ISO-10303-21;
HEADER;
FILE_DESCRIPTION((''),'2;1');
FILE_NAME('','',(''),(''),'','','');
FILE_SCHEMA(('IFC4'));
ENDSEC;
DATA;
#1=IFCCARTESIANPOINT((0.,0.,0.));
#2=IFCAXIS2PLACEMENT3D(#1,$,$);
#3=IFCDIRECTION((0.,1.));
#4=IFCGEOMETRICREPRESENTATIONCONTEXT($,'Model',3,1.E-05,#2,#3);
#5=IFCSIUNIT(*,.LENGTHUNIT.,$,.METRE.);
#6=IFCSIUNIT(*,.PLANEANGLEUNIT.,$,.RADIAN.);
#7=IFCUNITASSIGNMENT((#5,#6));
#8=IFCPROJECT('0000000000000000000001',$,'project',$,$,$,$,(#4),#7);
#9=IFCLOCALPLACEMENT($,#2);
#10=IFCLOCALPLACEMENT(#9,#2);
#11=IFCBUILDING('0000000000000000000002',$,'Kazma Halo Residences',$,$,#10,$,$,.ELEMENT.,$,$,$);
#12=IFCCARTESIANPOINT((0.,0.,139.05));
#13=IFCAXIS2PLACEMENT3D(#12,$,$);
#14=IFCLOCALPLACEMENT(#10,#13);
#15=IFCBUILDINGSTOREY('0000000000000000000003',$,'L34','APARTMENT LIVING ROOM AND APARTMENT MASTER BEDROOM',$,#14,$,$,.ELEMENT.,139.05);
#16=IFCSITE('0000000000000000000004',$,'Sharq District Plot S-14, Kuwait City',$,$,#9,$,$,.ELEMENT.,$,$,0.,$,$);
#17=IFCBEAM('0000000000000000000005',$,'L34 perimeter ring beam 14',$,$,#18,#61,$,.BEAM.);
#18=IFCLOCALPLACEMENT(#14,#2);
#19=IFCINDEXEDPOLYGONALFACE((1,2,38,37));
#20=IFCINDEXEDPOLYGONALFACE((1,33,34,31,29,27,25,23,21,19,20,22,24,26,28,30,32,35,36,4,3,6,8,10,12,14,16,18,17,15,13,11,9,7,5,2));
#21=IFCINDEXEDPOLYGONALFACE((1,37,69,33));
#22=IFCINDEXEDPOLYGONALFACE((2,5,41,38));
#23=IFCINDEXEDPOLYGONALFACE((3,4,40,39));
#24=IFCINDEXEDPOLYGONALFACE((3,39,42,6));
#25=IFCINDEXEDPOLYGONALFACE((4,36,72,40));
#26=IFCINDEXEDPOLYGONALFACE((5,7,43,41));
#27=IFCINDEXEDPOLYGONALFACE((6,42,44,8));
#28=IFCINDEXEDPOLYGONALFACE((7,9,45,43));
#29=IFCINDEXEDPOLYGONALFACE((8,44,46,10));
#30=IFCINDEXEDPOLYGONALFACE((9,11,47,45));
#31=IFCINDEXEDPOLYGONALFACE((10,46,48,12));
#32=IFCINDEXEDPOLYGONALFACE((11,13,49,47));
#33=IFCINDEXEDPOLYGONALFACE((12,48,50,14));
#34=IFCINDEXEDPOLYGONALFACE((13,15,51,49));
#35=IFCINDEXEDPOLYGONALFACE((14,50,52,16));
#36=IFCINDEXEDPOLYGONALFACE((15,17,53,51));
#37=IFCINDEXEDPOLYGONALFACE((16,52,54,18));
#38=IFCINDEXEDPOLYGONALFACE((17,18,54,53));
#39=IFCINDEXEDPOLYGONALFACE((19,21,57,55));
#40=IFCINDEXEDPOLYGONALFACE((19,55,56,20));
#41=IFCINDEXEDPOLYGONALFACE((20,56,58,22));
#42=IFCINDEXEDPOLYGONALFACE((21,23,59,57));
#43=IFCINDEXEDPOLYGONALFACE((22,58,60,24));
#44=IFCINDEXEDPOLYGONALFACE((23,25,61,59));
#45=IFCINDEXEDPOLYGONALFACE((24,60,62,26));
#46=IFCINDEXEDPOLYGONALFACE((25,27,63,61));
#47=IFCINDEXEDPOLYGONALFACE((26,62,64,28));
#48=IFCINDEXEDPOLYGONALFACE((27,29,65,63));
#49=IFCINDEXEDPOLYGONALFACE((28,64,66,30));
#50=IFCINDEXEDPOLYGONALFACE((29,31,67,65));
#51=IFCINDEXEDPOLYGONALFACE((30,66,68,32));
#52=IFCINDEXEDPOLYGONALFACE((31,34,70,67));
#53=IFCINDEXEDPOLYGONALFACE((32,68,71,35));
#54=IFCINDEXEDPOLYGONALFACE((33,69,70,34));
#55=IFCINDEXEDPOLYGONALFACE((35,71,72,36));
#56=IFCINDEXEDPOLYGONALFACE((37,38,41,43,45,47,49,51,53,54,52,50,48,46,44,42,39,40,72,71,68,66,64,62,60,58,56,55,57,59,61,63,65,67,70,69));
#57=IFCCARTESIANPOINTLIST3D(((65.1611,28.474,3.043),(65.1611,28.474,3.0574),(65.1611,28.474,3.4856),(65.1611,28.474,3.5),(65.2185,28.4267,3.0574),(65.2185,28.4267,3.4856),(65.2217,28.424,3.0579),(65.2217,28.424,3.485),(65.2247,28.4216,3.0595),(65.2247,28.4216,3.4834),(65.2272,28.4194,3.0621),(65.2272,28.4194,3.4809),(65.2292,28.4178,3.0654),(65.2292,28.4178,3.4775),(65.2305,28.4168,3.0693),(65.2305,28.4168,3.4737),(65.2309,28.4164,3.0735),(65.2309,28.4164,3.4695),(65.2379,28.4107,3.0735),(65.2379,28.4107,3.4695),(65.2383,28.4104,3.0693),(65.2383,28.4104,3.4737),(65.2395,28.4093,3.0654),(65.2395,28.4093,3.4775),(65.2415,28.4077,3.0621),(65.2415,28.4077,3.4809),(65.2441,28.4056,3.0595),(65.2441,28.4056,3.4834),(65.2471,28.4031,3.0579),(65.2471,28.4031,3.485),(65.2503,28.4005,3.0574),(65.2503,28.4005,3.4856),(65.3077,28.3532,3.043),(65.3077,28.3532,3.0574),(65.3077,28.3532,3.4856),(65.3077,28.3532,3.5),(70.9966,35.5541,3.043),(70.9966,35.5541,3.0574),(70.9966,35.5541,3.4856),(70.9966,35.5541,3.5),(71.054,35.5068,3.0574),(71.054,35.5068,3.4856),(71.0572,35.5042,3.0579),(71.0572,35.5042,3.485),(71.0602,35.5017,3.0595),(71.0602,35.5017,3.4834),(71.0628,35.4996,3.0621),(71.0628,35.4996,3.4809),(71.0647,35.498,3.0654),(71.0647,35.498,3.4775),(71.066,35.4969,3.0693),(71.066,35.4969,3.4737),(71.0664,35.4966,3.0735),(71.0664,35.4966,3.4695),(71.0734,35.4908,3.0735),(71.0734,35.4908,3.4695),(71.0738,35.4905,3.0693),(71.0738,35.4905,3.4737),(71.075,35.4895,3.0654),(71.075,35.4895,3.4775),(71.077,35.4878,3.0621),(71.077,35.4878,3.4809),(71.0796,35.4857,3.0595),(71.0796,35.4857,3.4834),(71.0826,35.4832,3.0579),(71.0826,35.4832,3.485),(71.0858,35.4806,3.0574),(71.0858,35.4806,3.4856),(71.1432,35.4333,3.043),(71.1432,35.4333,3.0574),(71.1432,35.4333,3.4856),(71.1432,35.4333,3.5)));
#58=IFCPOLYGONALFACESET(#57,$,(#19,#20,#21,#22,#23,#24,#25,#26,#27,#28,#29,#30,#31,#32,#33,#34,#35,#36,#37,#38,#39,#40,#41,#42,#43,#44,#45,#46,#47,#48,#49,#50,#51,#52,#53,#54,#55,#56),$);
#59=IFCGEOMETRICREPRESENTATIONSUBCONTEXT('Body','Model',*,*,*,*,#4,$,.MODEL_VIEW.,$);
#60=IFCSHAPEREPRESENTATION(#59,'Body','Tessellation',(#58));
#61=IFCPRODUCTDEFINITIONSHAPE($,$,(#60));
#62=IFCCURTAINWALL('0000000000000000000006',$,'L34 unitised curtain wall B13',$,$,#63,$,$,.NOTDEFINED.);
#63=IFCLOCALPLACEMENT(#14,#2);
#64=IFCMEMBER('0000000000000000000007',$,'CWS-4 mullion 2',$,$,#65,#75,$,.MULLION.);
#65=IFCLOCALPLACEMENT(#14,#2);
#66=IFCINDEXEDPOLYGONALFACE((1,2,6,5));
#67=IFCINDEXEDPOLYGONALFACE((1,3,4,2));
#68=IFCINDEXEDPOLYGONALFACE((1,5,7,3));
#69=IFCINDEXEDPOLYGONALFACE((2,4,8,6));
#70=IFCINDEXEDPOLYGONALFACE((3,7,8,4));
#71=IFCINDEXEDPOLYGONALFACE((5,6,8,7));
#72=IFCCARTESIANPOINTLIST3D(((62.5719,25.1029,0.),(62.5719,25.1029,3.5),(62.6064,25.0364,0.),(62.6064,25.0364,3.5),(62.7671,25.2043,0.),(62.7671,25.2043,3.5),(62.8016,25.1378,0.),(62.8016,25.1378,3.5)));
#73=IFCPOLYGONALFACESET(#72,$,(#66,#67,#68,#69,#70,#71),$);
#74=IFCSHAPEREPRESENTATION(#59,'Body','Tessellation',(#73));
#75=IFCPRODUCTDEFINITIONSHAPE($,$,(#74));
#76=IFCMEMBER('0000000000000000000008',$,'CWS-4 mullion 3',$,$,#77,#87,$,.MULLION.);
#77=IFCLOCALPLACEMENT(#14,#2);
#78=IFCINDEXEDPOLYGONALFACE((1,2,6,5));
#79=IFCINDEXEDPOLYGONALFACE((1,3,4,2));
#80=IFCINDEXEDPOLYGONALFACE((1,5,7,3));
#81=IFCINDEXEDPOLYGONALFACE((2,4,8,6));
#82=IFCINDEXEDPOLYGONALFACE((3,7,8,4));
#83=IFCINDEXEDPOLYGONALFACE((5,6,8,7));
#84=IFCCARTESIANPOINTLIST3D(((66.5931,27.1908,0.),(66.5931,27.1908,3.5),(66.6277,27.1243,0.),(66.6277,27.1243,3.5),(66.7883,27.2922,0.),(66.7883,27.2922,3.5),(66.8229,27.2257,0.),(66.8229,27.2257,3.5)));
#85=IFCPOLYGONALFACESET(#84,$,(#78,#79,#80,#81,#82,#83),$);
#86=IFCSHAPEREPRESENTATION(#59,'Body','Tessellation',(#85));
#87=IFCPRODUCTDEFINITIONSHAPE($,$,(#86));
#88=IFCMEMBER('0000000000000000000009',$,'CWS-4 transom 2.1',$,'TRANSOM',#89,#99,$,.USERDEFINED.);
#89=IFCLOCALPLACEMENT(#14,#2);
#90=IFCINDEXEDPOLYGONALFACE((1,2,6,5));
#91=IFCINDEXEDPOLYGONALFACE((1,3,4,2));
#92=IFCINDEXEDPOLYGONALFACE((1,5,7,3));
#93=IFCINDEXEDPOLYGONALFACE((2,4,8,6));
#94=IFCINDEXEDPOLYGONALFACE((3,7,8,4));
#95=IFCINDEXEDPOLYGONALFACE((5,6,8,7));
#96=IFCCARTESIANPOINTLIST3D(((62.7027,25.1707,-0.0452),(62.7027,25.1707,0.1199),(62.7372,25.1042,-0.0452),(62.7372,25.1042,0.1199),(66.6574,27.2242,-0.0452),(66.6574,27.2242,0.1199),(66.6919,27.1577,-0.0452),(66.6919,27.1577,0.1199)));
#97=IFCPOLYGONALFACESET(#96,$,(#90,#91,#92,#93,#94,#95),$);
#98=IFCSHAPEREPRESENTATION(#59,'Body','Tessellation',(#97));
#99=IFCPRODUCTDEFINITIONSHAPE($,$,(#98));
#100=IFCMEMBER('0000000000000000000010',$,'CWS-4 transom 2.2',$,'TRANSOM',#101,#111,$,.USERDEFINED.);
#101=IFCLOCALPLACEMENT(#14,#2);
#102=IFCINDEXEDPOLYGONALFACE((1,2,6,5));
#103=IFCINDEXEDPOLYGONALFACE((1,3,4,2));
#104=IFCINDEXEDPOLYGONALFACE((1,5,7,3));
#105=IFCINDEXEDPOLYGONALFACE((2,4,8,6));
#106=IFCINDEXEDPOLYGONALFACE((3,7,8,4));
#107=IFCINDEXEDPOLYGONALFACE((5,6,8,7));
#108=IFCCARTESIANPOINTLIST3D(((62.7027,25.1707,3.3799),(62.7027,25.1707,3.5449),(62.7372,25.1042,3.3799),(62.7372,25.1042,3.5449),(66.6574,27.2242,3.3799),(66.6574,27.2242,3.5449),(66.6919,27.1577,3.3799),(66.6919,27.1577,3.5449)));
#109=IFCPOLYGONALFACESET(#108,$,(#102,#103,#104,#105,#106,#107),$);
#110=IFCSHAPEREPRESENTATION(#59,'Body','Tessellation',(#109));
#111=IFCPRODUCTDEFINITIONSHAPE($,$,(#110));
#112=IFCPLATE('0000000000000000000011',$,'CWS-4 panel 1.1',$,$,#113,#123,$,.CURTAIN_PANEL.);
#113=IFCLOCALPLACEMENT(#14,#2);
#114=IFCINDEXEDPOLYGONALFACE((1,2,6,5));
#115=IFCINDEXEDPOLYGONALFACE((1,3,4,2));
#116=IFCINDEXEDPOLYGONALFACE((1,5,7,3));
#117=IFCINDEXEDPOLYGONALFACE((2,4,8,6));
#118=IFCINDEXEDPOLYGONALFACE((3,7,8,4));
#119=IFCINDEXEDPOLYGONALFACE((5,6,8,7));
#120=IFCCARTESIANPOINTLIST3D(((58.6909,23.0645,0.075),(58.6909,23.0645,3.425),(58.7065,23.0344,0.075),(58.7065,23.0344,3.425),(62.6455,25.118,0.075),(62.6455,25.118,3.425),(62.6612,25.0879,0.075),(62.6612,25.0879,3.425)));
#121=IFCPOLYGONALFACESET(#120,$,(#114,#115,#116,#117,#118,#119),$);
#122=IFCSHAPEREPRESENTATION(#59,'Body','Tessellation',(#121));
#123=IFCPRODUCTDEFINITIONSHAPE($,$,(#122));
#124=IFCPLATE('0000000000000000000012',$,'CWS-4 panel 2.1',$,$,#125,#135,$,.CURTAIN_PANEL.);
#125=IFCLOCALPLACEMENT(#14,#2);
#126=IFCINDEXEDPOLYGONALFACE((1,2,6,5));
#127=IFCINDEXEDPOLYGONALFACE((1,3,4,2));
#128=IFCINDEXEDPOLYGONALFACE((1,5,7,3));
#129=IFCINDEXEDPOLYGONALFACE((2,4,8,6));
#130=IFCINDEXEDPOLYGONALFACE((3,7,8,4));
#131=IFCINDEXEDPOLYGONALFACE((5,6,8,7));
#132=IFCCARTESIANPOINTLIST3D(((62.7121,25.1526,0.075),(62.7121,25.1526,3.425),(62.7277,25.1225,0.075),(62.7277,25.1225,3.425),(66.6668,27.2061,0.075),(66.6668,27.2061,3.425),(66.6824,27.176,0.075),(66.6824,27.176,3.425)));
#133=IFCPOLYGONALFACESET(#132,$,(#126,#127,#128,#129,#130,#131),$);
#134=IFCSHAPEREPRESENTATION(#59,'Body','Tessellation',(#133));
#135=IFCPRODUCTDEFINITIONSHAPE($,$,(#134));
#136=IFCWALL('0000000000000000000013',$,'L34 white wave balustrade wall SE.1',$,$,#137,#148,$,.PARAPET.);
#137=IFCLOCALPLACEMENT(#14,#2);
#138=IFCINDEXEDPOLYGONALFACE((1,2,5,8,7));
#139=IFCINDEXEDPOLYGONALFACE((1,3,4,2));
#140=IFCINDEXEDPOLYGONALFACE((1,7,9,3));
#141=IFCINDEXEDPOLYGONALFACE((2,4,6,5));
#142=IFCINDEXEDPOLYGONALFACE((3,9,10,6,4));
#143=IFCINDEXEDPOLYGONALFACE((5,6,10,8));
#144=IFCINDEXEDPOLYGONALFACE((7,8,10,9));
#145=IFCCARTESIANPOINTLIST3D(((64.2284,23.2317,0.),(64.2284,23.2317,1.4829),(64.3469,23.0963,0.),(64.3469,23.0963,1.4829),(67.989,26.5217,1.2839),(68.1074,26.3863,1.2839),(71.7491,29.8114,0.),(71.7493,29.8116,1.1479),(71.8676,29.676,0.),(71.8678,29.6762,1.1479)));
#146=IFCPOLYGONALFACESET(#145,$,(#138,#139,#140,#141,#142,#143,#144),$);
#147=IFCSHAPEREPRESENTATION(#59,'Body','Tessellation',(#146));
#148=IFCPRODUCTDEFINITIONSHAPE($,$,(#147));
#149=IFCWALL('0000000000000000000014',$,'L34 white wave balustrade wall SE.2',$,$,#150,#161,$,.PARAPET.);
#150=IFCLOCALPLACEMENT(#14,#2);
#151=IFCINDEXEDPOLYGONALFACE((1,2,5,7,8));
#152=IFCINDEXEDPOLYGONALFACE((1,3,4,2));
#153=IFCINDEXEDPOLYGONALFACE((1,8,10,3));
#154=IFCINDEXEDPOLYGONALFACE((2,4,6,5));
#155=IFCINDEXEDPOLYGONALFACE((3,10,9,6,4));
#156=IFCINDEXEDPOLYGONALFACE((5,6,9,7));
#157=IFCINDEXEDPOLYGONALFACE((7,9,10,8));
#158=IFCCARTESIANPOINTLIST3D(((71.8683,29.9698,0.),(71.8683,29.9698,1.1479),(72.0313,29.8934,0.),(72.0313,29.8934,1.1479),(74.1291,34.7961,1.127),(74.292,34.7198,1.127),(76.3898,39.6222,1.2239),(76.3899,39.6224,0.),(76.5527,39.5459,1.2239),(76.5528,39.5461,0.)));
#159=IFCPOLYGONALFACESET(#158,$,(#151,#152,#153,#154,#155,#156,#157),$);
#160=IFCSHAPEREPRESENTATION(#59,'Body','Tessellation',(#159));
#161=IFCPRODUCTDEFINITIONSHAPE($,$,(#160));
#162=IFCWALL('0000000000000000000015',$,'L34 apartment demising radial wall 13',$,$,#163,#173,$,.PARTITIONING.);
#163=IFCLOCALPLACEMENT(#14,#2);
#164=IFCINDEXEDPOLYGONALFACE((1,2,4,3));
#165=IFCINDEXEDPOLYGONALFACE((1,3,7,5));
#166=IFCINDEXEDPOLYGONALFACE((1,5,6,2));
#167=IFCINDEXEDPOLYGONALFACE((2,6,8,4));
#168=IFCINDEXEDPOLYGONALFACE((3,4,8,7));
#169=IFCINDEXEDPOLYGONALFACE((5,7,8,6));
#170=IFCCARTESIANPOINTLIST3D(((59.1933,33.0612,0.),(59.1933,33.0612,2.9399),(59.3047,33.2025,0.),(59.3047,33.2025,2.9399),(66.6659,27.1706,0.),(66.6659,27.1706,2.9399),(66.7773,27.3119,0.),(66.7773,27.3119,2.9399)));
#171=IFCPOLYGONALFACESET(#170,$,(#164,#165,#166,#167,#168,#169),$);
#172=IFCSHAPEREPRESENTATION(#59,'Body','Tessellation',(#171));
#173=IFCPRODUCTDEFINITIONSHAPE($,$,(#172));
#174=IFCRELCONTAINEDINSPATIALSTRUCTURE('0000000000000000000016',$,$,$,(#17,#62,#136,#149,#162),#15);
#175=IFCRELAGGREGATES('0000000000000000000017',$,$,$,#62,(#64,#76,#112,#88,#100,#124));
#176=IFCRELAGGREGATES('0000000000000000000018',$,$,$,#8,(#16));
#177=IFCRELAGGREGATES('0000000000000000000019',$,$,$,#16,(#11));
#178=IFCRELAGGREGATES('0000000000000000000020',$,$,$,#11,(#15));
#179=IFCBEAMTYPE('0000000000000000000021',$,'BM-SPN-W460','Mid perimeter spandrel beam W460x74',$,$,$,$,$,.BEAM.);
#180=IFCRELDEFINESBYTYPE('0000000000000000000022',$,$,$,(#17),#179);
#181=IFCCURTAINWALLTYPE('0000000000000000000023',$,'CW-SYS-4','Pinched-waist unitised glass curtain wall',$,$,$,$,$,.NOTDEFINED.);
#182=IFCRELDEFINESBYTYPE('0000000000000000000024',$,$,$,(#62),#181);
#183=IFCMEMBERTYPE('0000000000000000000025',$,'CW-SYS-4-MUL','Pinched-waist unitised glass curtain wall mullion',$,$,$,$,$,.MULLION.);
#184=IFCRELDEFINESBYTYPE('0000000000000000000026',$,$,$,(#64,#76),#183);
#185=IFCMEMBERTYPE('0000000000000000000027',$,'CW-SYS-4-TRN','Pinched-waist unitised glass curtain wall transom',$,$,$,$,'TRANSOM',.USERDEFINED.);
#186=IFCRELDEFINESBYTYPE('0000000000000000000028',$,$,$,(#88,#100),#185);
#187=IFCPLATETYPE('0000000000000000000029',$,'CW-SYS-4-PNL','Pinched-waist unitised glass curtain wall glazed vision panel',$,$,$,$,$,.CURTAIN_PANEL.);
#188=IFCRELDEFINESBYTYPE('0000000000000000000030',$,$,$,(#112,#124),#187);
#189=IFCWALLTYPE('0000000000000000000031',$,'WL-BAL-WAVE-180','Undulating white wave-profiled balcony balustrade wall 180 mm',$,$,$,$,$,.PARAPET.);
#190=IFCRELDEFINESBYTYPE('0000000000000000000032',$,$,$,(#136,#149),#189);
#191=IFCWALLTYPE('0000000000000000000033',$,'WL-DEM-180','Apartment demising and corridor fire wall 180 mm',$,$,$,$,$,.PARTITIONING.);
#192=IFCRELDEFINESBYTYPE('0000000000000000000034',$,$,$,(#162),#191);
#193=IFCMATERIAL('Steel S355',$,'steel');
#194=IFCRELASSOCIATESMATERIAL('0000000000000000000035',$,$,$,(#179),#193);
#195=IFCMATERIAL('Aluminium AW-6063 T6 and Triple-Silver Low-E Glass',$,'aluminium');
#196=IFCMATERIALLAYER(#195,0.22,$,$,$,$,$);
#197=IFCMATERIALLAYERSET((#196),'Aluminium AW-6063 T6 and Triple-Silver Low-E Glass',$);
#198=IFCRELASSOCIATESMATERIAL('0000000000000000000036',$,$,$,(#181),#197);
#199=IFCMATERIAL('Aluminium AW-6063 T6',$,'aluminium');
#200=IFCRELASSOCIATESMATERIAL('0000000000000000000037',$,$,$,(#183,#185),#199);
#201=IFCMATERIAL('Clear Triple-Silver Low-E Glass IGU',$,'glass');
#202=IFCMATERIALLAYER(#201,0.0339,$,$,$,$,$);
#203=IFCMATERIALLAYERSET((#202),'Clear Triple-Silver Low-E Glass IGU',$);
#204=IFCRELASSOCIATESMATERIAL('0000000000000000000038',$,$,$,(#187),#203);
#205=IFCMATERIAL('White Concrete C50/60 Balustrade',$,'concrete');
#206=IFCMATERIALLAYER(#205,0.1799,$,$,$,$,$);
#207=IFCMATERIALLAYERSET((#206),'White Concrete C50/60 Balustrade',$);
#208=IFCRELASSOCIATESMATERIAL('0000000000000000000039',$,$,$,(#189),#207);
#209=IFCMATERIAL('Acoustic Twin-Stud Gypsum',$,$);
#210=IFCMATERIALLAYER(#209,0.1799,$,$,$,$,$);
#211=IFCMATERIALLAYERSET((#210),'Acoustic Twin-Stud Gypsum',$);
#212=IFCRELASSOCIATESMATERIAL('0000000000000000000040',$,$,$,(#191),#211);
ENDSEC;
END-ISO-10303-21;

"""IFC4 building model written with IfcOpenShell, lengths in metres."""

from ifc_helpers import new_model, si_unit, direction, frame, frame_2d, origin, origin_2d, place, context, subcontext, project, spatial, polyline, rectangle, i_section, outline, extrude, material, layer, layer_set, material_profile, profile_set, type_object, element, aggregate, save


model = new_model("IFC4")

# Units and contexts
model_context = context("Model", 3, precision=1e-05, world=origin(), true_north=direction((0.0, 1.0)))
body_context = subcontext(model_context, "Body", "Model", "MODEL_VIEW")
ifc_project = project(units=[si_unit("LENGTHUNIT", "METRE"), si_unit("PLANEANGLEUNIT", "RADIAN")], contexts=[model_context])

# Site, building, storey
site_placement = place(None, origin())
site = spatial("IfcSite", under=ifc_project, at=site_placement, Name="Sharq District Plot S-14, Kuwait City", CompositionType="ELEMENT", RefElevation=0.0)
building_placement = place(site_placement, origin())
building = spatial("IfcBuilding", under=site, at=building_placement, Name="Kazma Halo Residences", CompositionType="ELEMENT")
storey_placement = place(building_placement, frame((0.0, 0.0, 139.05)))
storey = spatial("IfcBuildingStorey", under=building, at=storey_placement, Name="L34", Description="APARTMENT LIVING ROOM AND APARTMENT MASTER BEDROOM", CompositionType="ELEMENT", Elevation=139.05)

# Beam
ifc_material_1 = material(Name="Steel S355", Category="steel")
ifc_material_profile_1 = material_profile(ifc_material_1, i_section(OverallWidth=0.1899, OverallDepth=0.457, WebThickness=0.009, FlangeThickness=0.0144, FilletRadius=0.0161, at=origin_2d()), Name="W460x74")
ifc_profile_set_1 = profile_set([ifc_material_profile_1], Name="Steel S355")
beam_type_1 = type_object("IfcBeamType", Name="BM-SPN-W460", Description="Mid perimeter spandrel beam W460x74", PredefinedType="BEAM", material=ifc_profile_set_1)
beam_1_placement = place(storey_placement, frame((65.2344, 28.4136, 3.2715), z_axis=(0.636019, 0.771674, 0.0), x_axis=(-0.771674, 0.636019, 0.0)))
element("IfcBeam", 1, at=beam_1_placement, inside=storey, type_object=beam_type_1, Name="L34 perimeter ring beam 14", PredefinedType="BEAM", context=body_context, shape_type="SweptSolid", body=[
    extrude(i_section(OverallWidth=0.1899, OverallDepth=0.457, WebThickness=0.009, FlangeThickness=0.0144, FilletRadius=0.0161, at=origin_2d()), origin(), (0.0, 0.0, 1.0), 9.175),
])

# Curtain wall, members, plates
ifc_material_2 = material(Name="Aluminium AW-6063 T6 and Triple-Silver Low-E Glass", Category="aluminium")
ifc_layer_1 = layer(ifc_material_2, 0.22)
ifc_layer_set_1 = layer_set([ifc_layer_1], Name="Aluminium AW-6063 T6 and Triple-Silver Low-E Glass")
curtain_wall_type = type_object("IfcCurtainWallType", Name="CW-SYS-4", Description="Pinched-waist unitised glass curtain wall", PredefinedType="NOTDEFINED", material=ifc_layer_set_1)
curtain_wall_placement = place(storey_placement, origin())
curtain_wall = element("IfcCurtainWall", 2, at=curtain_wall_placement, inside=storey, type_object=curtain_wall_type, Name="L34 unitised curtain wall B13", PredefinedType="NOTDEFINED")
ifc_material_3 = material(Name="Aluminium AW-6063 T6", Category="aluminium")
ifc_material_profile_2 = material_profile(ifc_material_3, rectangle(XDim=0.075, YDim=0.22, at=origin_2d()), Name="CWM-75x220")
ifc_profile_set_2 = profile_set([ifc_material_profile_2], Name="Aluminium AW-6063 T6")
member_type_1 = type_object("IfcMemberType", Name="CW-SYS-4-MUL", Description="Pinched-waist unitised glass curtain wall mullion", PredefinedType="MULLION", material=ifc_profile_set_2)
member_1_placement = place(storey_placement, frame((62.6868, 25.1204, 0.0), z_axis=(0.0, 0.0, 1.0), x_axis=(-0.460837, 0.887485, 0.0)))
member_1 = element("IfcMember", 3, at=member_1_placement, type_object=member_type_1, Name="CWS-4 mullion 2", PredefinedType="MULLION", context=body_context, shape_type="SweptSolid", body=[
    extrude(rectangle(XDim=0.075, YDim=0.22, at=origin_2d()), origin(), (0.0, 0.0, 1.0), 3.5),
])
member_2_placement = place(storey_placement, frame((66.708, 27.2083, 0.0), z_axis=(0.0, 0.0, 1.0), x_axis=(-0.460837, 0.887485, 0.0)))
member_2 = element("IfcMember", 4, at=member_2_placement, type_object=member_type_1, Name="CWS-4 mullion 3", PredefinedType="MULLION", context=body_context, shape_type="SweptSolid", body=[
    extrude(rectangle(XDim=0.075, YDim=0.22, at=origin_2d()), origin(), (0.0, 0.0, 1.0), 3.5),
])
ifc_material_profile_3 = material_profile(ifc_material_3, rectangle(XDim=0.075, YDim=0.165, at=origin_2d()), Name="CWT-75x165")
ifc_profile_set_3 = profile_set([ifc_material_profile_3], Name="Aluminium AW-6063 T6")
member_type_2 = type_object("IfcMemberType", Name="CW-SYS-4-TRN", Description="Pinched-waist unitised glass curtain wall transom", ElementType="TRANSOM", PredefinedType="USERDEFINED", material=ifc_profile_set_3)
member_3_placement = place(storey_placement, frame((62.72, 25.1375, 0.0374), z_axis=(0.887485, 0.460837, 0.0), x_axis=(-0.460837, 0.887485, 0.0)))
member_3 = element("IfcMember", 5, at=member_3_placement, type_object=member_type_2, Name="CWS-4 transom 2.1", ObjectType="TRANSOM", PredefinedType="USERDEFINED", context=body_context, shape_type="SweptSolid", body=[
    extrude(rectangle(XDim=0.075, YDim=0.165, at=origin_2d()), origin(), (0.0, 0.0, 1.0), 4.4561),
])
member_4_placement = place(storey_placement, frame((62.72, 25.1375, 3.4624), z_axis=(0.887485, 0.460837, 0.0), x_axis=(-0.460837, 0.887485, 0.0)))
member_4 = element("IfcMember", 6, at=member_4_placement, type_object=member_type_2, Name="CWS-4 transom 2.2", ObjectType="TRANSOM", PredefinedType="USERDEFINED", context=body_context, shape_type="SweptSolid", body=[
    extrude(rectangle(XDim=0.075, YDim=0.165, at=origin_2d()), origin(), (0.0, 0.0, 1.0), 4.4561),
])
ifc_material_4 = material(Name="Clear Triple-Silver Low-E Glass IGU", Category="glass")
ifc_layer_2 = layer(ifc_material_4, 0.0339)
ifc_layer_set_2 = layer_set([ifc_layer_2], Name="Clear Triple-Silver Low-E Glass IGU")
plate_type = type_object("IfcPlateType", Name="CW-SYS-4-PNL", Description="Pinched-waist unitised glass curtain wall glazed vision panel", PredefinedType="CURTAIN_PANEL", material=ifc_layer_set_2)
plate_1_placement = place(storey_placement, frame((60.676, 24.0762, 0.075), z_axis=(0.0, 0.0, 1.0), x_axis=(0.887485, 0.460837, 0.0)))
plate_1 = element("IfcPlate", 7, at=plate_1_placement, type_object=plate_type, Name="CWS-4 panel 1.1", PredefinedType="CURTAIN_PANEL", context=body_context, shape_type="SweptSolid", body=[
    extrude(rectangle(XDim=4.4561, YDim=0.0339, at=origin_2d()), origin(), (0.0, 0.0, 1.0), 3.3501),
])
plate_2_placement = place(storey_placement, frame((64.6973, 26.1643, 0.075), z_axis=(0.0, 0.0, 1.0), x_axis=(0.887485, 0.460837, 0.0)))
plate_2 = element("IfcPlate", 8, at=plate_2_placement, type_object=plate_type, Name="CWS-4 panel 2.1", PredefinedType="CURTAIN_PANEL", context=body_context, shape_type="SweptSolid", body=[
    extrude(rectangle(XDim=4.4561, YDim=0.0339, at=origin_2d()), origin(), (0.0, 0.0, 1.0), 3.3501),
])
aggregate(curtain_wall, [member_1, member_2, plate_1, member_3, member_4, plate_2])

# Walls
ifc_material_5 = material(Name="White Concrete C50/60 Balustrade", Category="concrete")
ifc_layer_3 = layer(ifc_material_5, 0.1799)
ifc_layer_set_3 = layer_set([ifc_layer_3], Name="White Concrete C50/60 Balustrade")
wall_type_1 = type_object("IfcWallType", Name="WL-BAL-WAVE-180", Description="Undulating white wave-profiled balcony balustrade wall 180 mm", PredefinedType="PARAPET", material=ifc_layer_set_3)
wall_1_placement = place(storey_placement, frame((64.2876, 23.1641, 0.0), z_axis=(0.0, 0.0, 1.0), x_axis=(0.752618, 0.658458, 0.0)))
element("IfcWall", 9, at=wall_1_placement, inside=storey, type_object=wall_type_1, Name="L34 white wave balustrade wall SE.1", PredefinedType="PARAPET", context=body_context, shape_type="SweptSolid", body=[
    extrude(outline(polyline([(0.0, 0.0), (9.9927, 0.0), (9.9929, 1.1479), (4.9966, 1.2839), (0.0, 1.4829), (0.0, 0.0)])), frame((0.0, 0.0898, 0.0), z_axis=(0.0, -1.0, 0.0), x_axis=(1.0, 0.0, 0.0)), (0.0, 0.0, 1.0), 0.1799),
])
wall_2_placement = place(storey_placement, frame((71.9497, 29.9316, 0.0), z_axis=(0.0, 0.0, 1.0), x_axis=(0.42419, 0.905573, 0.0)))
element("IfcWall", 10, at=wall_2_placement, inside=storey, type_object=wall_type_1, Name="L34 white wave balustrade wall SE.2", PredefinedType="PARAPET", context=body_context, shape_type="SweptSolid", body=[
    extrude(outline(polyline([(0.0, 0.0), (10.6592, 0.0), (10.6589, 1.2239), (5.3296, 1.127), (0.0, 1.1479), (0.0, 0.0)])), frame((0.0, 0.0898, 0.0), z_axis=(0.0, -1.0, 0.0), x_axis=(1.0, 0.0, 0.0)), (0.0, 0.0, 1.0), 0.1799),
])
ifc_material_6 = material(Name="Acoustic Twin-Stud Gypsum")
ifc_layer_4 = layer(ifc_material_6, 0.1799)
ifc_layer_set_4 = layer_set([ifc_layer_4], Name="Acoustic Twin-Stud Gypsum")
wall_type_2 = type_object("IfcWallType", Name="WL-DEM-180", Description="Apartment demising and corridor fire wall 180 mm", PredefinedType="PARTITIONING", material=ifc_layer_set_4)
wall_3_placement = place(storey_placement, frame((59.249, 33.1318, 0.0), z_axis=(0.0, 0.0, 1.0), x_axis=(0.785334, -0.619072, 0.0)))
element("IfcWall", 11, at=wall_3_placement, inside=storey, type_object=wall_type_2, Name="L34 apartment demising radial wall 13", PredefinedType="PARTITIONING", context=body_context, shape_type="SweptSolid", body=[
    extrude(rectangle(XDim=9.5151, YDim=0.1799, at=frame_2d((4.7576, 0.0))), origin(), (0.0, 0.0, 1.0), 2.9399),
])

save(model, "model.ifc")
